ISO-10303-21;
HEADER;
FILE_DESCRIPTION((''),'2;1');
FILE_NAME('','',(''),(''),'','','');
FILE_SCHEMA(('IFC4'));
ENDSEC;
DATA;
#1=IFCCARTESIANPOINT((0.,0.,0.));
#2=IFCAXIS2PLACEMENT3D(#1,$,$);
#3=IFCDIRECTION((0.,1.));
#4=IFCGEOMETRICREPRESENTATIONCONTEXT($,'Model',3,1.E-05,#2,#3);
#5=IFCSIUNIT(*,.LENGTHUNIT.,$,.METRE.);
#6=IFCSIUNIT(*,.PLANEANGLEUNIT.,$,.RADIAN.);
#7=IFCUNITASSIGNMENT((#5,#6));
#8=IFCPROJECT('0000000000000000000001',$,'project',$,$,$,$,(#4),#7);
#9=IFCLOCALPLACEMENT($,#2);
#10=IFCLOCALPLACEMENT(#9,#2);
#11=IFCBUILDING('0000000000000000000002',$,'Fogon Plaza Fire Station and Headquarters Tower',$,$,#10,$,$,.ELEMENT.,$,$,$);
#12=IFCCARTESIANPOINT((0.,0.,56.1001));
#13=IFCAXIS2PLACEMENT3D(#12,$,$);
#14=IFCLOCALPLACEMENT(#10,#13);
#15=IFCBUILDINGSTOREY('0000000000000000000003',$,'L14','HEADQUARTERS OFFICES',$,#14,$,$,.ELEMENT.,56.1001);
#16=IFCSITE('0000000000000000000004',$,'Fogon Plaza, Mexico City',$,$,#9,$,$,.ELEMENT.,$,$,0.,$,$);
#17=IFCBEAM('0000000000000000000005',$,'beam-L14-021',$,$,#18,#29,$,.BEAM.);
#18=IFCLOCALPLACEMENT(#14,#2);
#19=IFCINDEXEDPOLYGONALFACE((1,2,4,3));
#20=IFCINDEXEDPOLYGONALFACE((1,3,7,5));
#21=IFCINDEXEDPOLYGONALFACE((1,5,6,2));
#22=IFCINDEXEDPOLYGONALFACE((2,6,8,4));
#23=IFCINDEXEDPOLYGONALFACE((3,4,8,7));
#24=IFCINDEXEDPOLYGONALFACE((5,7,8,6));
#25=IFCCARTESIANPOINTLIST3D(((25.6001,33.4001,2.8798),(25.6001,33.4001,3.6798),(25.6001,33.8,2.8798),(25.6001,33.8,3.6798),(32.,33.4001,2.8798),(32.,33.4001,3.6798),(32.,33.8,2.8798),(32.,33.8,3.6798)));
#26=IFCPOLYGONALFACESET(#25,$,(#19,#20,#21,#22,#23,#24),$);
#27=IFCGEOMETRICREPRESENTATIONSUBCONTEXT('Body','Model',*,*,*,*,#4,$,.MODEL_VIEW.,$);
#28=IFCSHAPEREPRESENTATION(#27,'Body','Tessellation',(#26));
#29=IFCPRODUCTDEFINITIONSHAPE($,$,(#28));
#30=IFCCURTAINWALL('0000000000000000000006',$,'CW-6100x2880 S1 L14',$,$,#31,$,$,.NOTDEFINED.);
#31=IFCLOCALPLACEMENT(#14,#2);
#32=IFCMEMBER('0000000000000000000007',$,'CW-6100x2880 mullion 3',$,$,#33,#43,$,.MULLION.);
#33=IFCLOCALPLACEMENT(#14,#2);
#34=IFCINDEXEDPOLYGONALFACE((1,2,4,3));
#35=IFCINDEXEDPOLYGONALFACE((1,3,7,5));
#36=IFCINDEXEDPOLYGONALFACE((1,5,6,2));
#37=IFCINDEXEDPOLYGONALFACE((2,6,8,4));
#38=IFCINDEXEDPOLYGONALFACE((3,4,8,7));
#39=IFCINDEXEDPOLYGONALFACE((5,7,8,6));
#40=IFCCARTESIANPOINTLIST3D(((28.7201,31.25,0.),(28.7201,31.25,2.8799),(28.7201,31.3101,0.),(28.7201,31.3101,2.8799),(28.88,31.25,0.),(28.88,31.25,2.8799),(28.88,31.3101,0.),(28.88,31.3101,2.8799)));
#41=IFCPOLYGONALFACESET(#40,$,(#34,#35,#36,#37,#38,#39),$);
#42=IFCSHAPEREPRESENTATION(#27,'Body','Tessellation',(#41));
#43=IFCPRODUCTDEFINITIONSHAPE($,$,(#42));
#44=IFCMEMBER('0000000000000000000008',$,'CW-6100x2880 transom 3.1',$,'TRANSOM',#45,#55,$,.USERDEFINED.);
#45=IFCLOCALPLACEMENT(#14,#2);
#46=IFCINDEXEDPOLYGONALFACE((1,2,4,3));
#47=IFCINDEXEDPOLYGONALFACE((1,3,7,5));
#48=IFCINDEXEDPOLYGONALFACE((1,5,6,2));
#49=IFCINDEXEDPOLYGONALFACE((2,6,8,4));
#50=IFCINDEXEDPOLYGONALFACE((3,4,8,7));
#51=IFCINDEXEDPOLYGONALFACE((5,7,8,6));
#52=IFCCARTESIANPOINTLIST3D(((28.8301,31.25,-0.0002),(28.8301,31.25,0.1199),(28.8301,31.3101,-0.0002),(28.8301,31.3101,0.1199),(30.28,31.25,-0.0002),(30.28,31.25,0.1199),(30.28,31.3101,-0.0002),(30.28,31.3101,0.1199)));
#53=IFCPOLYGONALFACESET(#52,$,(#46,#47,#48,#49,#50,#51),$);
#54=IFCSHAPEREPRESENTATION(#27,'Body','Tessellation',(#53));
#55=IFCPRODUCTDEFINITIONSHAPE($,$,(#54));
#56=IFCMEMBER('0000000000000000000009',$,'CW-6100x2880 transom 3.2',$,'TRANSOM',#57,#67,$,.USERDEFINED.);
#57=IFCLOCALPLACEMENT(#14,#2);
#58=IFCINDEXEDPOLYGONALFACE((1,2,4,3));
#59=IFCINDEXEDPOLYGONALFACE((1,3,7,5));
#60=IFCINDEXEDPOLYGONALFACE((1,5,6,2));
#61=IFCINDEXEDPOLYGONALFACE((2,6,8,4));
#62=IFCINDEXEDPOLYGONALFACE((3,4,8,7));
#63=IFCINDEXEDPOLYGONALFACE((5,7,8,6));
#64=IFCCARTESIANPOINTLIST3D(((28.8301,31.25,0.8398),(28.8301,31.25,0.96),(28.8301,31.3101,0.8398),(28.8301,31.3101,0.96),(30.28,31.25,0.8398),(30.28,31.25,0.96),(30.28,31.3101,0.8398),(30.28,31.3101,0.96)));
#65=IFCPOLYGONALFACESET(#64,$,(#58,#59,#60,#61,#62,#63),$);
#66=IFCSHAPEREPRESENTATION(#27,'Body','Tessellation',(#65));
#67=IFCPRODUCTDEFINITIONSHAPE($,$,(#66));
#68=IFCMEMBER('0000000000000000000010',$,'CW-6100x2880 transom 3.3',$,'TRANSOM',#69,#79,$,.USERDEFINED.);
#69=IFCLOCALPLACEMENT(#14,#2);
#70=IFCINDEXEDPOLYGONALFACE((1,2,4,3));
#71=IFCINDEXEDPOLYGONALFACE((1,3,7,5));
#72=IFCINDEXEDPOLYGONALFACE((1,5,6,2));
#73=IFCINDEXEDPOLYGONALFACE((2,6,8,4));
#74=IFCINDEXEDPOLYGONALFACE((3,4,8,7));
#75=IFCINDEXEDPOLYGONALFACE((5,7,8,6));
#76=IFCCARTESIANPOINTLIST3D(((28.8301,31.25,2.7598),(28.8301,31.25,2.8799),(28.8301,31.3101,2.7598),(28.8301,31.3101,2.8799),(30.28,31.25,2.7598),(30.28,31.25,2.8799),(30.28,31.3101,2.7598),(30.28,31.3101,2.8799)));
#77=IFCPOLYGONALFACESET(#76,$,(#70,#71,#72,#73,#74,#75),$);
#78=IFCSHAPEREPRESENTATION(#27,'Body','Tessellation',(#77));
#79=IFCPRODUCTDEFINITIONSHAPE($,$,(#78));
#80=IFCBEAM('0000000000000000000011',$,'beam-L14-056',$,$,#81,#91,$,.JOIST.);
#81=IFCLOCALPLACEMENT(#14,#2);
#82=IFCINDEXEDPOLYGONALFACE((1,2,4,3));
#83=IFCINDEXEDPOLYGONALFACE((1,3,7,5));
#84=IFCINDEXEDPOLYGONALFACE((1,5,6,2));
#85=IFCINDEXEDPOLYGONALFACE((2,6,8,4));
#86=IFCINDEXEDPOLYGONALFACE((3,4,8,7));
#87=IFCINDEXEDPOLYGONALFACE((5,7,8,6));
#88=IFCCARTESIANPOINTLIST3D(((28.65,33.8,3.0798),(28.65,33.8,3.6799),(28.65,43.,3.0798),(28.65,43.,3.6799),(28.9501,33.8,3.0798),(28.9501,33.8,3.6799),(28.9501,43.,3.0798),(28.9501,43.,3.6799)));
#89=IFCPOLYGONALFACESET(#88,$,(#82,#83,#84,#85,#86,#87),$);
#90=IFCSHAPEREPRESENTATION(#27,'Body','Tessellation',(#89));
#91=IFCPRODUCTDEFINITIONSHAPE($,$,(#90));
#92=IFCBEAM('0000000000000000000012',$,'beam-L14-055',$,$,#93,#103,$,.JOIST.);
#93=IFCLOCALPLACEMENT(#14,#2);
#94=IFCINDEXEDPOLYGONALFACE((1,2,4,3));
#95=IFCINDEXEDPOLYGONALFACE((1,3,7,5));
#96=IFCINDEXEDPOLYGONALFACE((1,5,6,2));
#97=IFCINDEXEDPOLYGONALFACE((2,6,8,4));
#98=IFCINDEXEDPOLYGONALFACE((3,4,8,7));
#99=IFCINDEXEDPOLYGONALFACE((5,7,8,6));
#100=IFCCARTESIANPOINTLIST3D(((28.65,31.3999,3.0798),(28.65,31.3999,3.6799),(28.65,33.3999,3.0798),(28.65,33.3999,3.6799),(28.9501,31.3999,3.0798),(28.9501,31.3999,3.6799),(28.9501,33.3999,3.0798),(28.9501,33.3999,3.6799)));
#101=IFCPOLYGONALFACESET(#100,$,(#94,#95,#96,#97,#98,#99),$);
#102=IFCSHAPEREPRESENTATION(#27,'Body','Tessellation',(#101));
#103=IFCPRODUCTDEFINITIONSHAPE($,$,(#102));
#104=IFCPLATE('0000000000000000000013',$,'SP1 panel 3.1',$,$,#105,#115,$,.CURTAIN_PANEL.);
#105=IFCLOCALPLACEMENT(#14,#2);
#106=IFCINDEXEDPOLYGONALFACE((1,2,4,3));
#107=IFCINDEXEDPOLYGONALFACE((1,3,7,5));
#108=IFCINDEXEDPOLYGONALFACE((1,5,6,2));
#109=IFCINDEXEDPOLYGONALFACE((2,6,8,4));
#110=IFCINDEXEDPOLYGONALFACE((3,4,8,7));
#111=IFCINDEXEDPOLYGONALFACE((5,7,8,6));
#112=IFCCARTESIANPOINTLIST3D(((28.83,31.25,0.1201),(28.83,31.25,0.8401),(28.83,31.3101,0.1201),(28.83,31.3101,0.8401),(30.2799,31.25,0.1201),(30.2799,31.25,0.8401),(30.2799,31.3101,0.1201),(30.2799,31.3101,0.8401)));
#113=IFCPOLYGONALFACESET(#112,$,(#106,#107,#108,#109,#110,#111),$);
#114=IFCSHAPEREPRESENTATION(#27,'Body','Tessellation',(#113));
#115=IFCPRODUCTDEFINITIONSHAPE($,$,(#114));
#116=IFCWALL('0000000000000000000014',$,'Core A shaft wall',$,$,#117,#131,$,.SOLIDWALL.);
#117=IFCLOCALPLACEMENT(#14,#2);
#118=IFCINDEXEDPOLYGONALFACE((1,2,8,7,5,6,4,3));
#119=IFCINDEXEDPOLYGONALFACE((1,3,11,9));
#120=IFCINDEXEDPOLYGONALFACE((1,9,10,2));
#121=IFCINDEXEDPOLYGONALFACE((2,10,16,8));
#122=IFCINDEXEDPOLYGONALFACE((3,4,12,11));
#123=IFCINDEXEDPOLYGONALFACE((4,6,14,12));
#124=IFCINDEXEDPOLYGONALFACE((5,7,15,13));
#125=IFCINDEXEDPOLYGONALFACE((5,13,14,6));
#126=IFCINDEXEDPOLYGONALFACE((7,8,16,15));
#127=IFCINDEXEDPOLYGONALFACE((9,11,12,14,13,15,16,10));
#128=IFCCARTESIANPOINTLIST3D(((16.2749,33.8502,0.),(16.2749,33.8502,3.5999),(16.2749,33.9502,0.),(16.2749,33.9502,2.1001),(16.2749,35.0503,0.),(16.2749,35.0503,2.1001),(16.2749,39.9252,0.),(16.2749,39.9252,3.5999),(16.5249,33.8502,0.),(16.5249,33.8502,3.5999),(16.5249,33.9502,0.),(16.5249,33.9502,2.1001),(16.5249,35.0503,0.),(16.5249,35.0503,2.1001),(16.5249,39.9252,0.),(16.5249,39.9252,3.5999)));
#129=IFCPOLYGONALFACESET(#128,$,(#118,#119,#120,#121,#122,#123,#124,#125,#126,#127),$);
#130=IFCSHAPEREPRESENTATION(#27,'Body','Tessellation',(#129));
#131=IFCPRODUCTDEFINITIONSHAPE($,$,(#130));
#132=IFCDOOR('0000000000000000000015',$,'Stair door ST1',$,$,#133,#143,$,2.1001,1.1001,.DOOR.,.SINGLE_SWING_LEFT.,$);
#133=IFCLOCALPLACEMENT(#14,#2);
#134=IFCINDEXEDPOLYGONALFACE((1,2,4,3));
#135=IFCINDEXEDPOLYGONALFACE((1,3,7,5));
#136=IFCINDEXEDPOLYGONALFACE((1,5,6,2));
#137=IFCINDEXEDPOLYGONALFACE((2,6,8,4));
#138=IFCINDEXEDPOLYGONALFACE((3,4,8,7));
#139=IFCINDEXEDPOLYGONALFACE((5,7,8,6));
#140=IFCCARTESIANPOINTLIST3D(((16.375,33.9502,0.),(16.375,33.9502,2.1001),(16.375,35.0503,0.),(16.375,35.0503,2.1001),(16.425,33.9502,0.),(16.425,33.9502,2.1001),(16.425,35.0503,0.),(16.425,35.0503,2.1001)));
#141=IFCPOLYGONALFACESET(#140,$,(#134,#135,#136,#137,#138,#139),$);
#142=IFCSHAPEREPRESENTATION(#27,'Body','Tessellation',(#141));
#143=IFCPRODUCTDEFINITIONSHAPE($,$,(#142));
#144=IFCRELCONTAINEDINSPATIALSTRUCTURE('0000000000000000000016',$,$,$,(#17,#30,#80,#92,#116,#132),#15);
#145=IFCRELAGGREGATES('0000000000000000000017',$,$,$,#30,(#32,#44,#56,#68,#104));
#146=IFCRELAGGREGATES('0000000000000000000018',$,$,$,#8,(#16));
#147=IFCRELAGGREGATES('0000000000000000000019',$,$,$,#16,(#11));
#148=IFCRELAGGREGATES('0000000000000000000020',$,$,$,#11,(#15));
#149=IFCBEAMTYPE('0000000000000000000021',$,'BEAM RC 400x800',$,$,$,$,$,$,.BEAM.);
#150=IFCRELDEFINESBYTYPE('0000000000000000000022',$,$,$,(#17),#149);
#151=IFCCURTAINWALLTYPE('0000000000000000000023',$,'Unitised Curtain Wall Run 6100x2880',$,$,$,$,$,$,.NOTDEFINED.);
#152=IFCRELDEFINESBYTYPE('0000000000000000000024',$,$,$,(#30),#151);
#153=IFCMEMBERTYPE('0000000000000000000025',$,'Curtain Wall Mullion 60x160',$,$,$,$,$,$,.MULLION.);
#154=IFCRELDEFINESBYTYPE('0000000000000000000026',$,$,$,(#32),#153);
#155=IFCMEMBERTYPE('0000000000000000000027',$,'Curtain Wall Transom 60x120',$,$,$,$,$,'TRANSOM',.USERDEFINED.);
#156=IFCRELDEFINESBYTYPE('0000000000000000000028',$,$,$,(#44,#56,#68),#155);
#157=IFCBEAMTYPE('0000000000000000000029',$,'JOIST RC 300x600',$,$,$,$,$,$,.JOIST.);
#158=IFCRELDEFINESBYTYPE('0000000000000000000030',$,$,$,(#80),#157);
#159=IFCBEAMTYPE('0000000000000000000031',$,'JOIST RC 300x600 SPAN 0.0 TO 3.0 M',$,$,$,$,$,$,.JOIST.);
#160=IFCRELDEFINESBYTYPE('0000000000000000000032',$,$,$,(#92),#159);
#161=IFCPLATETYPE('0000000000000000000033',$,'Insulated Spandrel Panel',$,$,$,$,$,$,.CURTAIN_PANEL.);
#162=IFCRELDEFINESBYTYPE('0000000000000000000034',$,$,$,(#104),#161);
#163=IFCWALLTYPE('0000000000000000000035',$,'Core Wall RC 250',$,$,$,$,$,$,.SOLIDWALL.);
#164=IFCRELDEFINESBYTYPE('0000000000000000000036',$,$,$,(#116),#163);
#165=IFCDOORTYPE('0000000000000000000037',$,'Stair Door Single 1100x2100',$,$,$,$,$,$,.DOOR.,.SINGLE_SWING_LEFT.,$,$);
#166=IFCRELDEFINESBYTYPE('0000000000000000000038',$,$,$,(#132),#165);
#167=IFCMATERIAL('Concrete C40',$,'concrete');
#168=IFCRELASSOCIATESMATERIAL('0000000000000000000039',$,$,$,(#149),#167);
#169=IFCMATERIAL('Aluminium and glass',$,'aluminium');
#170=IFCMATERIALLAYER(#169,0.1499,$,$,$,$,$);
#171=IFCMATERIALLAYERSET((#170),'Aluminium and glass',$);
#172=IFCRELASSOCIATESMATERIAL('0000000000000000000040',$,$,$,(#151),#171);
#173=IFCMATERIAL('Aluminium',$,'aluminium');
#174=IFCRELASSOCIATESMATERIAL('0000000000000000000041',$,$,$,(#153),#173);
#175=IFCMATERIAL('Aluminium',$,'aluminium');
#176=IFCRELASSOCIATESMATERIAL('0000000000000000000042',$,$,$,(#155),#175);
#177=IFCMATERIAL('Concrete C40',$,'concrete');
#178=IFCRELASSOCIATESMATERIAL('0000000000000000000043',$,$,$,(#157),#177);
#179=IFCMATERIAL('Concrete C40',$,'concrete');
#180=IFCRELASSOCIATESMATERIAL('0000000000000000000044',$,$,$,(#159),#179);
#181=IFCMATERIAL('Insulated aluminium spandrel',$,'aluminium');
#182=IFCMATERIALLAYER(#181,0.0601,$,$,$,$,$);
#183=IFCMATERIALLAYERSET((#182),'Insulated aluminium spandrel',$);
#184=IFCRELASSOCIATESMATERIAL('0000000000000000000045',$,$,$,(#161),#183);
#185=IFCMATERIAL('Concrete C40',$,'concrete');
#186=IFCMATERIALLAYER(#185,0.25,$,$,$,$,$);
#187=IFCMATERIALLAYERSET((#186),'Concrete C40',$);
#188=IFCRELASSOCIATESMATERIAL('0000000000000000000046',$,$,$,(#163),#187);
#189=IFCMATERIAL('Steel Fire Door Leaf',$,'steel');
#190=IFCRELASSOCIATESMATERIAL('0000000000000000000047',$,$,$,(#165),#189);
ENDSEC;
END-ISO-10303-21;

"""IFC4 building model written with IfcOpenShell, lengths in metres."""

from ifc_helpers import new_model, si_unit, direction, frame, frame_2d, origin, origin_2d, place, context, subcontext, project, spatial, rectangle, extrude, material, layer, layer_set, material_profile, profile_set, type_object, element, fill, aggregate, save


model = new_model("IFC4")

# Units and contexts
model_context = context("Model", 3, precision=1e-05, world=origin(), true_north=direction((0.0, 1.0)))
body_context = subcontext(model_context, "Body", "Model", "MODEL_VIEW")
ifc_project = project(units=[si_unit("LENGTHUNIT", "METRE"), si_unit("PLANEANGLEUNIT", "RADIAN")], contexts=[model_context])

# Site, building, storey
site_placement = place(None, origin())
site = spatial("IfcSite", under=ifc_project, at=site_placement, Name="Fogon Plaza, Mexico City", CompositionType="ELEMENT", RefElevation=0.0)
building_placement = place(site_placement, origin())
building = spatial("IfcBuilding", under=site, at=building_placement, Name="Fogon Plaza Fire Station and Headquarters Tower", CompositionType="ELEMENT")
storey_placement = place(building_placement, frame((0.0, 0.0, 56.1001)))
storey = spatial("IfcBuildingStorey", under=building, at=storey_placement, Name="L14", Description="HEADQUARTERS OFFICES", CompositionType="ELEMENT", Elevation=56.1001)

# Beam
ifc_material_1 = material(Name="Concrete C40", Category="concrete")
ifc_material_profile_1 = material_profile(ifc_material_1, rectangle(XDim=0.3999, YDim=0.8, at=origin_2d()), Name="RC 400x800")
ifc_profile_set_1 = profile_set([ifc_material_profile_1], Name="Concrete C40")
beam_type_1 = type_object("IfcBeamType", Name="BEAM RC 400x800", PredefinedType="BEAM", material=ifc_profile_set_1)
beam_1_placement = place(storey_placement, frame((25.6001, 33.6001, 3.2798), z_axis=(1.0, 0.0, 0.0), x_axis=(0.0, 1.0, 0.0)))
element("IfcBeam", 1, at=beam_1_placement, inside=storey, type_object=beam_type_1, Name="beam-L14-021", PredefinedType="BEAM", context=body_context, shape_type="SweptSolid", body=[
    extrude(rectangle(XDim=0.3999, YDim=0.8, at=origin_2d()), origin(), (0.0, 0.0, 1.0), 6.3999),
])

# Curtain wall, members
ifc_material_2 = material(Name="Aluminium and glass", Category="aluminium")
ifc_layer_1 = layer(ifc_material_2, 0.1499)
ifc_layer_set_1 = layer_set([ifc_layer_1], Name="Aluminium and glass")
curtain_wall_type = type_object("IfcCurtainWallType", Name="Unitised Curtain Wall Run 6100x2880", PredefinedType="NOTDEFINED", material=ifc_layer_set_1)
curtain_wall_placement = place(storey_placement, origin())
curtain_wall = element("IfcCurtainWall", 2, at=curtain_wall_placement, inside=storey, type_object=curtain_wall_type, Name="CW-6100x2880 S1 L14", PredefinedType="NOTDEFINED")
ifc_material_3 = material(Name="Aluminium", Category="aluminium")
ifc_material_profile_2 = material_profile(ifc_material_3, rectangle(XDim=0.0601, YDim=0.1599, at=origin_2d()), Name="Curtain Wall Mullion 60x160")
ifc_profile_set_2 = profile_set([ifc_material_profile_2], Name="Aluminium")
member_type_1 = type_object("IfcMemberType", Name="Curtain Wall Mullion 60x160", PredefinedType="MULLION", material=ifc_profile_set_2)
member_1_placement = place(storey_placement, frame((28.8, 31.28, 0.0), z_axis=(0.0, 0.0, 1.0), x_axis=(0.0, 1.0, 0.0)))
member_1 = element("IfcMember", 3, at=member_1_placement, type_object=member_type_1, Name="CW-6100x2880 mullion 3", PredefinedType="MULLION", context=body_context, shape_type="SweptSolid", body=[
    extrude(rectangle(XDim=0.0601, YDim=0.1599, at=origin_2d()), origin(), (0.0, 0.0, 1.0), 2.8799),
])
ifc_material_4 = material(Name="Aluminium", Category="aluminium")
ifc_material_profile_3 = material_profile(ifc_material_4, rectangle(XDim=0.0601, YDim=0.1201, at=origin_2d()), Name="Curtain Wall Transom 60x120")
ifc_profile_set_3 = profile_set([ifc_material_profile_3], Name="Aluminium")
member_type_2 = type_object("IfcMemberType", Name="Curtain Wall Transom 60x120", ElementType="TRANSOM", PredefinedType="USERDEFINED", material=ifc_profile_set_3)
member_2_placement = place(storey_placement, frame((28.8301, 31.28, 0.0598), z_axis=(1.0, 0.0, 0.0), x_axis=(0.0, 1.0, 0.0)))
member_2 = element("IfcMember", 4, at=member_2_placement, type_object=member_type_2, Name="CW-6100x2880 transom 3.1", ObjectType="TRANSOM", PredefinedType="USERDEFINED", context=body_context, shape_type="SweptSolid", body=[
    extrude(rectangle(XDim=0.0601, YDim=0.1201, at=origin_2d()), origin(), (0.0, 0.0, 1.0), 1.45),
])
member_3_placement = place(storey_placement, frame((28.8301, 31.28, 0.8999), z_axis=(1.0, 0.0, 0.0), x_axis=(0.0, 1.0, 0.0)))
member_3 = element("IfcMember", 5, at=member_3_placement, type_object=member_type_2, Name="CW-6100x2880 transom 3.2", ObjectType="TRANSOM", PredefinedType="USERDEFINED", context=body_context, shape_type="SweptSolid", body=[
    extrude(rectangle(XDim=0.0601, YDim=0.1201, at=origin_2d()), origin(), (0.0, 0.0, 1.0), 1.45),
])
member_4_placement = place(storey_placement, frame((28.8301, 31.28, 2.8198), z_axis=(1.0, 0.0, 0.0), x_axis=(0.0, 1.0, 0.0)))
member_4 = element("IfcMember", 6, at=member_4_placement, type_object=member_type_2, Name="CW-6100x2880 transom 3.3", ObjectType="TRANSOM", PredefinedType="USERDEFINED", context=body_context, shape_type="SweptSolid", body=[
    extrude(rectangle(XDim=0.0601, YDim=0.1201, at=origin_2d()), origin(), (0.0, 0.0, 1.0), 1.45),
])

# Beams
ifc_material_5 = material(Name="Concrete C40", Category="concrete")
ifc_material_profile_4 = material_profile(ifc_material_5, rectangle(XDim=0.3, YDim=0.6001, at=origin_2d()), Name="RC 300x600")
ifc_profile_set_4 = profile_set([ifc_material_profile_4], Name="Concrete C40")
beam_type_2 = type_object("IfcBeamType", Name="JOIST RC 300x600", PredefinedType="JOIST", material=ifc_profile_set_4)
beam_2_placement = place(storey_placement, frame((28.8, 33.8, 3.3799), z_axis=(0.0, 1.0, 0.0), x_axis=(-1.0, 0.0, 0.0)))
element("IfcBeam", 7, at=beam_2_placement, inside=storey, type_object=beam_type_2, Name="beam-L14-056", PredefinedType="JOIST", context=body_context, shape_type="SweptSolid", body=[
    extrude(rectangle(XDim=0.3, YDim=0.6001, at=origin_2d()), origin(), (0.0, 0.0, 1.0), 9.2),
])
ifc_material_6 = material(Name="Concrete C40", Category="concrete")
ifc_material_profile_5 = material_profile(ifc_material_6, rectangle(XDim=0.3, YDim=0.6001, at=origin_2d()), Name="RC 300x600")
ifc_profile_set_5 = profile_set([ifc_material_profile_5], Name="Concrete C40")
beam_type_3 = type_object("IfcBeamType", Name="JOIST RC 300x600 SPAN 0.0 TO 3.0 M", PredefinedType="JOIST", material=ifc_profile_set_5)
beam_3_placement = place(storey_placement, frame((28.8, 31.3999, 3.3799), z_axis=(0.0, 1.0, 0.0), x_axis=(-1.0, 0.0, 0.0)))
element("IfcBeam", 8, at=beam_3_placement, inside=storey, type_object=beam_type_3, Name="beam-L14-055", PredefinedType="JOIST", context=body_context, shape_type="SweptSolid", body=[
    extrude(rectangle(XDim=0.3, YDim=0.6001, at=origin_2d()), origin(), (0.0, 0.0, 1.0), 2.0),
])

# Plate
ifc_material_7 = material(Name="Insulated aluminium spandrel", Category="aluminium")
ifc_layer_2 = layer(ifc_material_7, 0.0601)
ifc_layer_set_2 = layer_set([ifc_layer_2], Name="Insulated aluminium spandrel")
plate_type = type_object("IfcPlateType", Name="Insulated Spandrel Panel", PredefinedType="CURTAIN_PANEL", material=ifc_layer_set_2)
plate_placement = place(storey_placement, frame((29.5549, 31.28, 0.1201), z_axis=(0.0, 0.0, 1.0), x_axis=(1.0, 0.0, 0.0)))
plate = element("IfcPlate", 9, at=plate_placement, type_object=plate_type, Name="SP1 panel 3.1", PredefinedType="CURTAIN_PANEL", context=body_context, shape_type="SweptSolid", body=[
    extrude(rectangle(XDim=1.45, YDim=0.0601, at=origin_2d()), origin(), (0.0, 0.0, 1.0), 0.72),
])
aggregate(curtain_wall, [member_1, member_2, member_3, member_4, plate])

# Wall, opening, door
ifc_material_8 = material(Name="Concrete C40", Category="concrete")
ifc_layer_3 = layer(ifc_material_8, 0.25)
ifc_layer_set_3 = layer_set([ifc_layer_3], Name="Concrete C40")
wall_type_1 = type_object("IfcWallType", Name="Core Wall RC 250", PredefinedType="SOLIDWALL", material=ifc_layer_set_3)
wall_1_placement = place(storey_placement, frame((16.3999, 33.8501, 0.0), z_axis=(0.0, 0.0, 1.0), x_axis=(0.0, 1.0, 0.0)))
wall_1 = element("IfcWall", 10, at=wall_1_placement, inside=storey, type_object=wall_type_1, Name="Core A shaft wall", PredefinedType="SOLIDWALL", context=body_context, shape_type="SweptSolid", body=[
    extrude(rectangle(XDim=6.075, YDim=0.25, at=frame_2d((3.0376, 0.0))), origin(), (0.0, 0.0, 1.0), 3.5999),
])
opening_1_placement = place(wall_1_placement, frame((0.1001, 0.0, 0.0)))
opening_1 = element("IfcOpeningElement", 11, at=opening_1_placement, cuts=wall_1, PredefinedType="OPENING", context=body_context, shape_type="SweptSolid", body=[
    extrude(rectangle(XDim=1.1001, YDim=2.1001, at=frame_2d((0.55, 1.05))), frame((0.0, 0.135, 0.0), z_axis=(0.0, -1.0, 0.0), x_axis=(1.0, 0.0, 0.0)), (0.0, 0.0, 1.0), 0.27),
])
ifc_material_9 = material(Name="Steel Fire Door Leaf", Category="steel")
door_type_1 = type_object("IfcDoorType", Name="Stair Door Single 1100x2100", OperationType="SINGLE_SWING_LEFT", PredefinedType="DOOR", material=ifc_material_9)
door_1_placement = place(opening_1_placement, origin())
door_1 = element("IfcDoor", 12, at=door_1_placement, inside=storey, type_object=door_type_1, Name="Stair door ST1", OperationType="SINGLE_SWING_LEFT", OverallHeight=2.1001, OverallWidth=1.1001, PredefinedType="DOOR", context=body_context, shape_type="SweptSolid", body=[
    extrude(rectangle(XDim=1.1001, YDim=2.1001, at=frame_2d((0.55, 1.05))), frame((0.0, 0.0249, 0.0), z_axis=(0.0, -1.0, 0.0), x_axis=(1.0, 0.0, 0.0)), (0.0, 0.0, 1.0), 0.05),
])
fill(opening_1, door_1)

save(model, "model.ifc")
